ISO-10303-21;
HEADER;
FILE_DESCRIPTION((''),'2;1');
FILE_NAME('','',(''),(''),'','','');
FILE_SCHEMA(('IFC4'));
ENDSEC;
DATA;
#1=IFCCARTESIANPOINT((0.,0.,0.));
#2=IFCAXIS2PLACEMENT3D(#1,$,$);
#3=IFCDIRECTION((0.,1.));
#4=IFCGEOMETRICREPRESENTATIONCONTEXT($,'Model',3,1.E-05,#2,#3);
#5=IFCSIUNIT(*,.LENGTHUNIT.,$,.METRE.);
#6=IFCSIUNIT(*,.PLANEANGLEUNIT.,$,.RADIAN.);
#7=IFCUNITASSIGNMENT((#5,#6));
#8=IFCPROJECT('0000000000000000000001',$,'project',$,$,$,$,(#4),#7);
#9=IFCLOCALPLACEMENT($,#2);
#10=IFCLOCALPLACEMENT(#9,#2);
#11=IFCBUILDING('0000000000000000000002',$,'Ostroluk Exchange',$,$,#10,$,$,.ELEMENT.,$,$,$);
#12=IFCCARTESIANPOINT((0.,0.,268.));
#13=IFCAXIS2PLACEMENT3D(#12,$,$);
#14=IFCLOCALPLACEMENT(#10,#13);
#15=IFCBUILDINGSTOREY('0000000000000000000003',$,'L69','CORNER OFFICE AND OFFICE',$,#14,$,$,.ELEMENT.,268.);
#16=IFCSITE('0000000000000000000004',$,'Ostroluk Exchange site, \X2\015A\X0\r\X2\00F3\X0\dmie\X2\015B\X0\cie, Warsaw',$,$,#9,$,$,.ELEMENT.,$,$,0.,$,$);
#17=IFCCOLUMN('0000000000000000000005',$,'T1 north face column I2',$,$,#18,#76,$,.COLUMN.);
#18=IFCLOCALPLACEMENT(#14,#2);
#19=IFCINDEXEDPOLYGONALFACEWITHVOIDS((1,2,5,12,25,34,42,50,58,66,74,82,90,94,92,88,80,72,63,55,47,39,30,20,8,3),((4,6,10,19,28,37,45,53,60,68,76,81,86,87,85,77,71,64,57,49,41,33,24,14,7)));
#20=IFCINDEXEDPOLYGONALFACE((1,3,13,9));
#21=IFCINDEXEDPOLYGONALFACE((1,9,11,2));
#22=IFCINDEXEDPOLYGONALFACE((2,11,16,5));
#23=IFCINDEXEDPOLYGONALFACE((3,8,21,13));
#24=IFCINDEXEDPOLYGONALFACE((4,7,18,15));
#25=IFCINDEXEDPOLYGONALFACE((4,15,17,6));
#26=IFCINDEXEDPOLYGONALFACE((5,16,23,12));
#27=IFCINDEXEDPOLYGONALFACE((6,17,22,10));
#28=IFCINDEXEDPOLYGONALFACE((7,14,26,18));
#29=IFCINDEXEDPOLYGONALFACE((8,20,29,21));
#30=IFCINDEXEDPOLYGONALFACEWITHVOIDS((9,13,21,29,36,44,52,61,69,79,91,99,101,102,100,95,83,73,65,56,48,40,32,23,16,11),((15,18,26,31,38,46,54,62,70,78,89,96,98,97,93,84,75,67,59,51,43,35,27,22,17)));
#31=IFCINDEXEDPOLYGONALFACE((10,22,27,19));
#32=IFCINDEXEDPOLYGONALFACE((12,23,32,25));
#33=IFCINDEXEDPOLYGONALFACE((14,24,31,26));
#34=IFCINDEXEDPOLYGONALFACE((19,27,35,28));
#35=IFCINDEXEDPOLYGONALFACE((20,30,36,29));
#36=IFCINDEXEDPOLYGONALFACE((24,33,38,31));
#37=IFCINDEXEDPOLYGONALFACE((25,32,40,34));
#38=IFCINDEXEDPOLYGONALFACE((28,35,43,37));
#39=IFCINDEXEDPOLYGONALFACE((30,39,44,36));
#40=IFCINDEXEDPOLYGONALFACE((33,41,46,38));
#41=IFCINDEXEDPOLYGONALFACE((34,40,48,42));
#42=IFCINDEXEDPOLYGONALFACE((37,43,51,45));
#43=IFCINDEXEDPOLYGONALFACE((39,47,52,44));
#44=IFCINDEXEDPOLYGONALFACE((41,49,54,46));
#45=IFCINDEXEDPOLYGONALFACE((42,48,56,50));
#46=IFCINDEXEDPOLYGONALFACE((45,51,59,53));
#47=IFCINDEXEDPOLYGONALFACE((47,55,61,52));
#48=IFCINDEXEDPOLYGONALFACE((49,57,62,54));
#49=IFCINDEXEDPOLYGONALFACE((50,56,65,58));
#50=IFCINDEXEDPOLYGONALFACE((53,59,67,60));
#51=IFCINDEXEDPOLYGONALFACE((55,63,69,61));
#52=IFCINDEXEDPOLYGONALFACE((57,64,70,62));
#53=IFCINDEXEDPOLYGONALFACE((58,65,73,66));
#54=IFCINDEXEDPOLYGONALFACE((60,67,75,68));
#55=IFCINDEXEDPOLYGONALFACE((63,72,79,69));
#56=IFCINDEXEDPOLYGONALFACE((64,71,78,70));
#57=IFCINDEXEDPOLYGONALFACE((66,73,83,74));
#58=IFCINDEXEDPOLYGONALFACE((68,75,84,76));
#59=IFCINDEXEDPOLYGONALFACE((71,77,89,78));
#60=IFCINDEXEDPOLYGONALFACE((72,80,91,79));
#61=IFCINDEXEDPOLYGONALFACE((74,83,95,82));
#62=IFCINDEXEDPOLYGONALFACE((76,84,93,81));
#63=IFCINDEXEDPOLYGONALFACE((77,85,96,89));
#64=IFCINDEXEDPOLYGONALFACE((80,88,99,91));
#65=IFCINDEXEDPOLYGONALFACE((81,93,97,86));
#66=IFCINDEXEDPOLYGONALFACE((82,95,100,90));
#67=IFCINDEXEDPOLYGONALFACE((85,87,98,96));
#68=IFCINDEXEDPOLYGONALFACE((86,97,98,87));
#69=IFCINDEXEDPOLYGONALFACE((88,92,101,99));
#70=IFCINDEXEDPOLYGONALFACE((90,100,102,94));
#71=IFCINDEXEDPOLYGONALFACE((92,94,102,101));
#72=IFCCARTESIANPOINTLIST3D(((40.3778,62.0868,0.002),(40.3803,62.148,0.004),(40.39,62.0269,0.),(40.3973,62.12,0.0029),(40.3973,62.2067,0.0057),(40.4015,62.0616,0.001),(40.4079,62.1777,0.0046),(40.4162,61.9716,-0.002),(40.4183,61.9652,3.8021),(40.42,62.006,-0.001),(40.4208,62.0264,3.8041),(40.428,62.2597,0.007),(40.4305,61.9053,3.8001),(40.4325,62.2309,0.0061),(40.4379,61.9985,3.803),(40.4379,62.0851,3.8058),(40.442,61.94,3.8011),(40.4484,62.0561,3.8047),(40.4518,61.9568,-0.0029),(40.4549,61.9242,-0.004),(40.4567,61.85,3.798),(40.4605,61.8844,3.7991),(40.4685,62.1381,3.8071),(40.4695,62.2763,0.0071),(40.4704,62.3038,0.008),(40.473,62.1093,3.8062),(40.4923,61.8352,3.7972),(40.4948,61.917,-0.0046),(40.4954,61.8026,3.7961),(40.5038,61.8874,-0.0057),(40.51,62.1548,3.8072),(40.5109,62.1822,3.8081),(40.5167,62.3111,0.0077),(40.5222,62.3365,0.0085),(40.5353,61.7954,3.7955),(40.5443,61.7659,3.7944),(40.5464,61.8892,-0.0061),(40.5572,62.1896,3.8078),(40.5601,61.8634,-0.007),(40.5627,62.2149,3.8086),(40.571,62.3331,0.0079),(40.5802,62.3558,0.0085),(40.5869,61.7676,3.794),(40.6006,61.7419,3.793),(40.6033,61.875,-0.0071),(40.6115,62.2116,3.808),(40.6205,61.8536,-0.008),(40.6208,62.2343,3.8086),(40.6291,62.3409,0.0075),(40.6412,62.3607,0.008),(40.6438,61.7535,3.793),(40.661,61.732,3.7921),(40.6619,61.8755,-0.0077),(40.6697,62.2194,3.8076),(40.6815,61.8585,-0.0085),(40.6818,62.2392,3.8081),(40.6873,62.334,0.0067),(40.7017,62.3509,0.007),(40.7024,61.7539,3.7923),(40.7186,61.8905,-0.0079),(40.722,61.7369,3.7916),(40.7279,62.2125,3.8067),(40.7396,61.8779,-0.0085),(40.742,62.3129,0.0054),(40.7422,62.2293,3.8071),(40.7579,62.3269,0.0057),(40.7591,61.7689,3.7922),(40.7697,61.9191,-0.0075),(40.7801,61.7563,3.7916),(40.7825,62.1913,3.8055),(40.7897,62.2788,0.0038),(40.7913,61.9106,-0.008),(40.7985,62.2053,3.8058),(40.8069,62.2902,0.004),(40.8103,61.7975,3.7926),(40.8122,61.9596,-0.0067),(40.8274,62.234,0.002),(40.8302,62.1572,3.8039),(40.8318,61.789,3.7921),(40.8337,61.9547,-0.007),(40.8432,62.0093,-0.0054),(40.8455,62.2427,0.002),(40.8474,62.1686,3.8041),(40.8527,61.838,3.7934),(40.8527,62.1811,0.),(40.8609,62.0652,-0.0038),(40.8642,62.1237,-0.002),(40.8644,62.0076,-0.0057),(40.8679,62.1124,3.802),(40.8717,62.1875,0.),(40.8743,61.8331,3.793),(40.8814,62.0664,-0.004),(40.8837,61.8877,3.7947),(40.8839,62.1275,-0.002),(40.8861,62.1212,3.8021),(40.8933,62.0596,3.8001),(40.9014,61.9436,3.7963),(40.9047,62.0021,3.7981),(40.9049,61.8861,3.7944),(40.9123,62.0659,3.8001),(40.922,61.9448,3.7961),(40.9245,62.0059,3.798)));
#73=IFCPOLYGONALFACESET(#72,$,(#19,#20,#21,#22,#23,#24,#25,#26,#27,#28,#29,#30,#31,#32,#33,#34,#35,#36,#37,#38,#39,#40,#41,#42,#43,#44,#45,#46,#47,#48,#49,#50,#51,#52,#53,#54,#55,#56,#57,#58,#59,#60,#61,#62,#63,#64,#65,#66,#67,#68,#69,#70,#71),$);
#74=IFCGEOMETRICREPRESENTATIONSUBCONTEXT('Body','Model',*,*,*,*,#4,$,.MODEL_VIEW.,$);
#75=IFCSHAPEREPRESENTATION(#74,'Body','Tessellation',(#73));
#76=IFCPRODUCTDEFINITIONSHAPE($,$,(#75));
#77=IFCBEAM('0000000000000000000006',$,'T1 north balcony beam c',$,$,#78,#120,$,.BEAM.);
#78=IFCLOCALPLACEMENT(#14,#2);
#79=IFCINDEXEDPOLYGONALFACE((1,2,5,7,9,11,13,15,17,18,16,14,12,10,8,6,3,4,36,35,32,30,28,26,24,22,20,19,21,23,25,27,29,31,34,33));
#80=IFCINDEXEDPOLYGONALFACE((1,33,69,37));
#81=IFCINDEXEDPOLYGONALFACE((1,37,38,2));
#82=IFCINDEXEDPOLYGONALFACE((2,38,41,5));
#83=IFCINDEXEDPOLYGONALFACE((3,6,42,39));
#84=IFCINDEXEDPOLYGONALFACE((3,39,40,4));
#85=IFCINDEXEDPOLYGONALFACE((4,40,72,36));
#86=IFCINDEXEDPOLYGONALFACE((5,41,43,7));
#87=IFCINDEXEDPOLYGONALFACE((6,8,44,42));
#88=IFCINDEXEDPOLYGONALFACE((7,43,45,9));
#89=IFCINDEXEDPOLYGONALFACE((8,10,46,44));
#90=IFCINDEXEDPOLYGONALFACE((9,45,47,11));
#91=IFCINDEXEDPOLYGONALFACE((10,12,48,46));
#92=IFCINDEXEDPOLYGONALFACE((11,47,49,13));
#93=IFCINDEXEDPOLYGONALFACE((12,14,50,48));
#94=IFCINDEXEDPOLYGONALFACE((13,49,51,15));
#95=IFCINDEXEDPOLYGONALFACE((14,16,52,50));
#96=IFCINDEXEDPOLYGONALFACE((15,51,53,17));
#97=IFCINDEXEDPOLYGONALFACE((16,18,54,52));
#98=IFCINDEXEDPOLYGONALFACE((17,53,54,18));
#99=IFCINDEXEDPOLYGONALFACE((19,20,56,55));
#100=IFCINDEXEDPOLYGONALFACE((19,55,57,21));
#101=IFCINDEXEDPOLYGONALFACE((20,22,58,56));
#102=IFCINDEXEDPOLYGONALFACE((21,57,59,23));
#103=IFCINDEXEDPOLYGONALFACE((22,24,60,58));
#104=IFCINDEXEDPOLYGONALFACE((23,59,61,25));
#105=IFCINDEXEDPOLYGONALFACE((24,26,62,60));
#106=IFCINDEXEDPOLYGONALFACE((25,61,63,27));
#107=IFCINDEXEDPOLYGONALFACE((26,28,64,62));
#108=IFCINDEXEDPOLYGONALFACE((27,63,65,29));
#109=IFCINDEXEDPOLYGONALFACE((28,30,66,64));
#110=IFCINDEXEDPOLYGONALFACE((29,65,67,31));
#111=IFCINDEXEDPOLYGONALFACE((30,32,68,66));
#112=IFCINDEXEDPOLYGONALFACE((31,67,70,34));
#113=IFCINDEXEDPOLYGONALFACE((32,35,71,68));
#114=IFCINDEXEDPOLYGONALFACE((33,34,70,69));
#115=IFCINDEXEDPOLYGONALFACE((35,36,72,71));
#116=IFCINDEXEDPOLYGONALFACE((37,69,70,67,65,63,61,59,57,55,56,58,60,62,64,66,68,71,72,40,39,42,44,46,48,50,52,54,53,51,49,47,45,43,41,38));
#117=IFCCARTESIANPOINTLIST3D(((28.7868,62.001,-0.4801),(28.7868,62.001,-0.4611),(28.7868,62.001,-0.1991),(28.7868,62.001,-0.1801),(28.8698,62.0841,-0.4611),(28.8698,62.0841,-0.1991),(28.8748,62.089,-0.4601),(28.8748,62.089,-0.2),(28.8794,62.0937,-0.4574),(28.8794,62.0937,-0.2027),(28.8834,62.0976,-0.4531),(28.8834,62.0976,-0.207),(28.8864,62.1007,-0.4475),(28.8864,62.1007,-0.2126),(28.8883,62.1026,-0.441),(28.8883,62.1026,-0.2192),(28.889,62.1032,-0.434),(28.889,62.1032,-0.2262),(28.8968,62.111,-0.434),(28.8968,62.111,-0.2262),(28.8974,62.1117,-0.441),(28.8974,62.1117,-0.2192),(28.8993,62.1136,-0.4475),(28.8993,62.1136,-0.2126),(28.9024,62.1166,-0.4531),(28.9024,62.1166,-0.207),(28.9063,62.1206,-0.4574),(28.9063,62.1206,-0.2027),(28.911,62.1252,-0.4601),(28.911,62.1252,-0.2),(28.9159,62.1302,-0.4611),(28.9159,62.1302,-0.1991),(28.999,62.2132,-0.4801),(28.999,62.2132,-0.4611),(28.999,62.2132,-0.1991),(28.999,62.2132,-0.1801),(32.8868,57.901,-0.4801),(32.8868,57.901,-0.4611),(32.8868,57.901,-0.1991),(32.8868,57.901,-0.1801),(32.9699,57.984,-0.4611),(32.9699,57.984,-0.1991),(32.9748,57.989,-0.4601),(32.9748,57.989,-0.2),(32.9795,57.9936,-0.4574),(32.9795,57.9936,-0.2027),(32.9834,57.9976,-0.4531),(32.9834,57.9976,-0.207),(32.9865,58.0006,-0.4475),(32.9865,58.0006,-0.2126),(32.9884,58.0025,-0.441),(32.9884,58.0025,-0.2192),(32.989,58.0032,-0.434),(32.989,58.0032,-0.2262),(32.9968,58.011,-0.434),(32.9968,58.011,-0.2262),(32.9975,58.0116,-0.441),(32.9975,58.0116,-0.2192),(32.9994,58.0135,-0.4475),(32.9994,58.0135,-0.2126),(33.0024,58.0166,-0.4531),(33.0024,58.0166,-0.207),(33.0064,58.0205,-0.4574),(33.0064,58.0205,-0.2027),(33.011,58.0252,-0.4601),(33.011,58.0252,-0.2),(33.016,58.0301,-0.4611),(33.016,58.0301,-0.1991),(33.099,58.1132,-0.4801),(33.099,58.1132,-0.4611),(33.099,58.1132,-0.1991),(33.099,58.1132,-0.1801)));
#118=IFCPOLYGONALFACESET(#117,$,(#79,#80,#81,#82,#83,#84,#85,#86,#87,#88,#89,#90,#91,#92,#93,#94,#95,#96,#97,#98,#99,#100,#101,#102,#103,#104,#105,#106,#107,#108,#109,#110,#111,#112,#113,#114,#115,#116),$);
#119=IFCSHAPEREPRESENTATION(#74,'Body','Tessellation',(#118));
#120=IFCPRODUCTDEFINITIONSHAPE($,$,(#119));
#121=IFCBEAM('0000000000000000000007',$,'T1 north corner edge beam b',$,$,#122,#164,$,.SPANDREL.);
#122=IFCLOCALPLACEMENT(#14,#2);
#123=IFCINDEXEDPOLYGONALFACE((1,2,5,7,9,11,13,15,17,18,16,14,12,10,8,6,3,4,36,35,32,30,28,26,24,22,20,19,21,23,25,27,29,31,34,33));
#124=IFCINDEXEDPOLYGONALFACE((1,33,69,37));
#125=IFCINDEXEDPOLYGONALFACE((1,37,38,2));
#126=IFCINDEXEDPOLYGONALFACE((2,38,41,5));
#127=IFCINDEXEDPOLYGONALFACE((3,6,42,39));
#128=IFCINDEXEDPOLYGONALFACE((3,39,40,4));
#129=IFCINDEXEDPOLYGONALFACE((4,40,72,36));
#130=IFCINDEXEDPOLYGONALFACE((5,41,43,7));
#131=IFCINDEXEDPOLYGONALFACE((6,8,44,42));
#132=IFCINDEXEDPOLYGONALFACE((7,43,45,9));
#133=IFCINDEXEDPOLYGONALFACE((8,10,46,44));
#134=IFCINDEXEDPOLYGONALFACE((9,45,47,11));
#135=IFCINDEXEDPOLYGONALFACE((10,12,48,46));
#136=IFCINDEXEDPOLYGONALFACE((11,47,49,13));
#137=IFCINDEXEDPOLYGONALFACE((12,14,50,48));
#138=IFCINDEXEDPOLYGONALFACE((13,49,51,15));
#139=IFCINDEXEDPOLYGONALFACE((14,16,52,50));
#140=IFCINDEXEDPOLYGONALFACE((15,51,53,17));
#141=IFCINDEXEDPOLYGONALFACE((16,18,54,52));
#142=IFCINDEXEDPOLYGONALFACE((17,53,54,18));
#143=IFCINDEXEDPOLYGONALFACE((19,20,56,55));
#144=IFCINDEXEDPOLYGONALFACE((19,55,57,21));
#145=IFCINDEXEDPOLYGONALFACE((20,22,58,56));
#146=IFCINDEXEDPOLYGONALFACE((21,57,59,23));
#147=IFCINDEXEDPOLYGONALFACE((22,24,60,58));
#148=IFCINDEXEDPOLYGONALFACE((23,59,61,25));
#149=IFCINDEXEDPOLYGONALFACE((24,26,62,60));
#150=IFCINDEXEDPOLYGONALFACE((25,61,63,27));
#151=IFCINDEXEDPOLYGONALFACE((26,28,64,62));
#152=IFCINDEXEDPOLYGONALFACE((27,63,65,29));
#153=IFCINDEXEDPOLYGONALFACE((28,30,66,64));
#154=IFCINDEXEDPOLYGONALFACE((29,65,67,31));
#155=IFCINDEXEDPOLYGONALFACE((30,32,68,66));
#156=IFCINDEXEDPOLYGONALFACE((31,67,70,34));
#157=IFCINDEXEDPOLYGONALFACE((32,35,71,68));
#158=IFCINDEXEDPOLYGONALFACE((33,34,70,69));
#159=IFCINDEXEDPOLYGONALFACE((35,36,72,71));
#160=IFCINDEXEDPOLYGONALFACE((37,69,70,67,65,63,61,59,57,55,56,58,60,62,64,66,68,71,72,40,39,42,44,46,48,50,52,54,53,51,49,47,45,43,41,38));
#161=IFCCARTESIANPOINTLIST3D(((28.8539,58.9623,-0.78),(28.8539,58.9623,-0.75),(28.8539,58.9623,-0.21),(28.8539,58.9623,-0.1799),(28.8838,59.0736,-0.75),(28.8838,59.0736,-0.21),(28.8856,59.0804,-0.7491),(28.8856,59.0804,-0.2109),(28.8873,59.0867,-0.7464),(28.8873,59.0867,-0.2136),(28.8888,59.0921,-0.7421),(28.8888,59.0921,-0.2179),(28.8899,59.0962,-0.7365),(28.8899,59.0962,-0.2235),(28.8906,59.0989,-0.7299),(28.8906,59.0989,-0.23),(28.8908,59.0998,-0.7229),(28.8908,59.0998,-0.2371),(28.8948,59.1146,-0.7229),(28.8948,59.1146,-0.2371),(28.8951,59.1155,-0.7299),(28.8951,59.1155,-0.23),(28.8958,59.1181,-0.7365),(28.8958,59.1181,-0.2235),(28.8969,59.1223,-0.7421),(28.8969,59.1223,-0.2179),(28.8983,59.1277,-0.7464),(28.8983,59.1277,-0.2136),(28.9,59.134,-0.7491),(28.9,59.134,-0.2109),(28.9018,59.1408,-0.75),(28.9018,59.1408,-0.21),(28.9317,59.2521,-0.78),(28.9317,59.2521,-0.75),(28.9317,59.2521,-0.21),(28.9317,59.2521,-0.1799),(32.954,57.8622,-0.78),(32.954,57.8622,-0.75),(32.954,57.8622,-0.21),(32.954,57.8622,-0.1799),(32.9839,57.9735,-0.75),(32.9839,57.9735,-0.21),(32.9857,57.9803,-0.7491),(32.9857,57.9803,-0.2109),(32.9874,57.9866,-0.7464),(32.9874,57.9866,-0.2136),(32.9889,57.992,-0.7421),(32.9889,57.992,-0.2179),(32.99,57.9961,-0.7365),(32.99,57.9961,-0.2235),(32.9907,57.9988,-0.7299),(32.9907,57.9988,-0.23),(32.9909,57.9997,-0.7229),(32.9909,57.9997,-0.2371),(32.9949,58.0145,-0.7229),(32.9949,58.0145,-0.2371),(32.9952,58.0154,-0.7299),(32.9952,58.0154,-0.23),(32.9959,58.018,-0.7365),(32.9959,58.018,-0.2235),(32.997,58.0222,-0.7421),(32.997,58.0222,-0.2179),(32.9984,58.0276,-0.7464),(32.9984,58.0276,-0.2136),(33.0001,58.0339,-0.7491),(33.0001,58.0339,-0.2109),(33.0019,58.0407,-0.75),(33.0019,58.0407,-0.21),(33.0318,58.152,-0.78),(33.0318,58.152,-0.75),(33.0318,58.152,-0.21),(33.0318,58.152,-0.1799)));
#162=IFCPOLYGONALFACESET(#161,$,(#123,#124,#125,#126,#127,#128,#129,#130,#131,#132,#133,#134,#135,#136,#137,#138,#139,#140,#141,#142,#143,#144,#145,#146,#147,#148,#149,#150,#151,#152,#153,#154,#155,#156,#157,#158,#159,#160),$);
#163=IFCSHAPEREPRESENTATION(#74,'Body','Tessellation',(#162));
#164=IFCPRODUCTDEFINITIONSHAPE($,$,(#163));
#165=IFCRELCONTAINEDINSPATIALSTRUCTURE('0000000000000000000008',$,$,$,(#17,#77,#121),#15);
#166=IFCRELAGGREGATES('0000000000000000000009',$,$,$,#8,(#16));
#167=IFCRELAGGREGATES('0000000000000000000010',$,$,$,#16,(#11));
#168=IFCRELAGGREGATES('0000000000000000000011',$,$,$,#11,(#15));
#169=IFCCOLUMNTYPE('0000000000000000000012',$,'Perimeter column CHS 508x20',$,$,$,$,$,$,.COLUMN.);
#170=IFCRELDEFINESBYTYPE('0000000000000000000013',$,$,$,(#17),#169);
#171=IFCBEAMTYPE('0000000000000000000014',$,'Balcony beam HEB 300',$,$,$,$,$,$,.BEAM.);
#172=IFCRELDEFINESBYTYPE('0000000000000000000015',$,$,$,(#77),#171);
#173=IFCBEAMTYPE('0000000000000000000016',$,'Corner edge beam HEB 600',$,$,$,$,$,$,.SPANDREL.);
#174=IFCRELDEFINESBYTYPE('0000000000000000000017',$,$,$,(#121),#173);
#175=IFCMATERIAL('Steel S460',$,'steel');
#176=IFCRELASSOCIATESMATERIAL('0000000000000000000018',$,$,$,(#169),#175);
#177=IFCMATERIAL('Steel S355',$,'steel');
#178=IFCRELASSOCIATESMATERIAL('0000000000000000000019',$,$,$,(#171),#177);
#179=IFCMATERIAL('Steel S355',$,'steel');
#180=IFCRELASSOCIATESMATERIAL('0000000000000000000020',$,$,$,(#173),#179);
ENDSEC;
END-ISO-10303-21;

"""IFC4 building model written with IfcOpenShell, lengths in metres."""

from ifc_helpers import new_model, si_unit, direction, frame, origin, origin_2d, place, context, subcontext, project, spatial, hollow_circle, i_section, extrude, material, material_profile, profile_set, type_object, element, save


model = new_model("IFC4")

# Units and contexts
model_context = context("Model", 3, precision=1e-05, world=origin(), true_north=direction((0.0, 1.0)))
body_context = subcontext(model_context, "Body", "Model", "MODEL_VIEW")
ifc_project = project(units=[si_unit("LENGTHUNIT", "METRE"), si_unit("PLANEANGLEUNIT", "RADIAN")], contexts=[model_context])

# Site, building, storey
site_placement = place(None, origin())
site = spatial("IfcSite", under=ifc_project, at=site_placement, Name="Ostroluk Exchange site, Śródmieście, Warsaw", CompositionType="ELEMENT", RefElevation=0.0)
building_placement = place(site_placement, origin())
building = spatial("IfcBuilding", under=site, at=building_placement, Name="Ostroluk Exchange", CompositionType="ELEMENT")
storey_placement = place(building_placement, frame((0.0, 0.0, 268.0)))
storey = spatial("IfcBuildingStorey", under=building, at=storey_placement, Name="L69", Description="CORNER OFFICE AND OFFICE", CompositionType="ELEMENT", Elevation=268.0)

# Column
ifc_material_1 = material(Name="Steel S460", Category="steel")
ifc_material_profile_1 = material_profile(ifc_material_1, hollow_circle(Radius=0.2539, WallThickness=0.02, at=origin_2d()), Name="CHS 508x20")
ifc_profile_set_1 = profile_set([ifc_material_profile_1], Name="Steel S460")
column_type = type_object("IfcColumnType", Name="Perimeter column CHS 508x20", PredefinedType="COLUMN", material=ifc_profile_set_1)
column_placement = place(storey_placement, frame((40.6309, 62.1072, 0.0), z_axis=(0.010659, -0.031977, 0.999432), x_axis=(0.948683, 0.316228, 0.0)))
element("IfcColumn", 1, at=column_placement, inside=storey, type_object=column_type, Name="T1 north face column I2", PredefinedType="COLUMN", context=body_context, shape_type="SweptSolid", body=[
    extrude(hollow_circle(Radius=0.2539, WallThickness=0.02, at=origin_2d()), origin(), (0.0, 0.0, 1.0), 3.8022),
])

# Beams
ifc_material_2 = material(Name="Steel S355", Category="steel")
ifc_material_profile_2 = material_profile(ifc_material_2, i_section(OverallWidth=0.3, OverallDepth=0.3, WebThickness=0.011, FlangeThickness=0.019, FilletRadius=0.0271, at=origin_2d()), Name="HEB 300")
ifc_profile_set_2 = profile_set([ifc_material_profile_2], Name="Steel S355")
beam_type_1 = type_object("IfcBeamType", Name="Balcony beam HEB 300", PredefinedType="BEAM", material=ifc_profile_set_2)
beam_1_placement = place(storey_placement, frame((32.9929, 58.0071, -0.3301), z_axis=(-0.707107, 0.707107, 0.0), x_axis=(-0.707107, -0.707107, 0.0)))
element("IfcBeam", 2, at=beam_1_placement, inside=storey, type_object=beam_type_1, Name="T1 north balcony beam c", PredefinedType="BEAM", context=body_context, shape_type="SweptSolid", body=[
    extrude(i_section(OverallWidth=0.3, OverallDepth=0.3, WebThickness=0.011, FlangeThickness=0.019, FilletRadius=0.0271, at=origin_2d()), origin(), (0.0, 0.0, 1.0), 5.7983),
])
ifc_material_3 = material(Name="Steel S355", Category="steel")
ifc_material_profile_3 = material_profile(ifc_material_3, i_section(OverallWidth=0.3, OverallDepth=0.6001, WebThickness=0.0154, FlangeThickness=0.03, FilletRadius=0.0271, at=origin_2d()), Name="HEB 600")
ifc_profile_set_3 = profile_set([ifc_material_profile_3], Name="Steel S355")
beam_type_2 = type_object("IfcBeamType", Name="Corner edge beam HEB 600", PredefinedType="SPANDREL", material=ifc_profile_set_3)
beam_2_placement = place(storey_placement, frame((32.9929, 58.0071, -0.48), z_axis=(-0.965839, 0.259144, 0.0), x_axis=(-0.259144, -0.965839, 0.0)))
element("IfcBeam", 3, at=beam_2_placement, inside=storey, type_object=beam_type_2, Name="T1 north corner edge beam b", PredefinedType="SPANDREL", context=body_context, shape_type="SweptSolid", body=[
    extrude(i_section(OverallWidth=0.3, OverallDepth=0.6001, WebThickness=0.0154, FlangeThickness=0.03, FilletRadius=0.0271, at=origin_2d()), origin(), (0.0, 0.0, 1.0), 4.2451),
])

save(model, "model.ifc")
